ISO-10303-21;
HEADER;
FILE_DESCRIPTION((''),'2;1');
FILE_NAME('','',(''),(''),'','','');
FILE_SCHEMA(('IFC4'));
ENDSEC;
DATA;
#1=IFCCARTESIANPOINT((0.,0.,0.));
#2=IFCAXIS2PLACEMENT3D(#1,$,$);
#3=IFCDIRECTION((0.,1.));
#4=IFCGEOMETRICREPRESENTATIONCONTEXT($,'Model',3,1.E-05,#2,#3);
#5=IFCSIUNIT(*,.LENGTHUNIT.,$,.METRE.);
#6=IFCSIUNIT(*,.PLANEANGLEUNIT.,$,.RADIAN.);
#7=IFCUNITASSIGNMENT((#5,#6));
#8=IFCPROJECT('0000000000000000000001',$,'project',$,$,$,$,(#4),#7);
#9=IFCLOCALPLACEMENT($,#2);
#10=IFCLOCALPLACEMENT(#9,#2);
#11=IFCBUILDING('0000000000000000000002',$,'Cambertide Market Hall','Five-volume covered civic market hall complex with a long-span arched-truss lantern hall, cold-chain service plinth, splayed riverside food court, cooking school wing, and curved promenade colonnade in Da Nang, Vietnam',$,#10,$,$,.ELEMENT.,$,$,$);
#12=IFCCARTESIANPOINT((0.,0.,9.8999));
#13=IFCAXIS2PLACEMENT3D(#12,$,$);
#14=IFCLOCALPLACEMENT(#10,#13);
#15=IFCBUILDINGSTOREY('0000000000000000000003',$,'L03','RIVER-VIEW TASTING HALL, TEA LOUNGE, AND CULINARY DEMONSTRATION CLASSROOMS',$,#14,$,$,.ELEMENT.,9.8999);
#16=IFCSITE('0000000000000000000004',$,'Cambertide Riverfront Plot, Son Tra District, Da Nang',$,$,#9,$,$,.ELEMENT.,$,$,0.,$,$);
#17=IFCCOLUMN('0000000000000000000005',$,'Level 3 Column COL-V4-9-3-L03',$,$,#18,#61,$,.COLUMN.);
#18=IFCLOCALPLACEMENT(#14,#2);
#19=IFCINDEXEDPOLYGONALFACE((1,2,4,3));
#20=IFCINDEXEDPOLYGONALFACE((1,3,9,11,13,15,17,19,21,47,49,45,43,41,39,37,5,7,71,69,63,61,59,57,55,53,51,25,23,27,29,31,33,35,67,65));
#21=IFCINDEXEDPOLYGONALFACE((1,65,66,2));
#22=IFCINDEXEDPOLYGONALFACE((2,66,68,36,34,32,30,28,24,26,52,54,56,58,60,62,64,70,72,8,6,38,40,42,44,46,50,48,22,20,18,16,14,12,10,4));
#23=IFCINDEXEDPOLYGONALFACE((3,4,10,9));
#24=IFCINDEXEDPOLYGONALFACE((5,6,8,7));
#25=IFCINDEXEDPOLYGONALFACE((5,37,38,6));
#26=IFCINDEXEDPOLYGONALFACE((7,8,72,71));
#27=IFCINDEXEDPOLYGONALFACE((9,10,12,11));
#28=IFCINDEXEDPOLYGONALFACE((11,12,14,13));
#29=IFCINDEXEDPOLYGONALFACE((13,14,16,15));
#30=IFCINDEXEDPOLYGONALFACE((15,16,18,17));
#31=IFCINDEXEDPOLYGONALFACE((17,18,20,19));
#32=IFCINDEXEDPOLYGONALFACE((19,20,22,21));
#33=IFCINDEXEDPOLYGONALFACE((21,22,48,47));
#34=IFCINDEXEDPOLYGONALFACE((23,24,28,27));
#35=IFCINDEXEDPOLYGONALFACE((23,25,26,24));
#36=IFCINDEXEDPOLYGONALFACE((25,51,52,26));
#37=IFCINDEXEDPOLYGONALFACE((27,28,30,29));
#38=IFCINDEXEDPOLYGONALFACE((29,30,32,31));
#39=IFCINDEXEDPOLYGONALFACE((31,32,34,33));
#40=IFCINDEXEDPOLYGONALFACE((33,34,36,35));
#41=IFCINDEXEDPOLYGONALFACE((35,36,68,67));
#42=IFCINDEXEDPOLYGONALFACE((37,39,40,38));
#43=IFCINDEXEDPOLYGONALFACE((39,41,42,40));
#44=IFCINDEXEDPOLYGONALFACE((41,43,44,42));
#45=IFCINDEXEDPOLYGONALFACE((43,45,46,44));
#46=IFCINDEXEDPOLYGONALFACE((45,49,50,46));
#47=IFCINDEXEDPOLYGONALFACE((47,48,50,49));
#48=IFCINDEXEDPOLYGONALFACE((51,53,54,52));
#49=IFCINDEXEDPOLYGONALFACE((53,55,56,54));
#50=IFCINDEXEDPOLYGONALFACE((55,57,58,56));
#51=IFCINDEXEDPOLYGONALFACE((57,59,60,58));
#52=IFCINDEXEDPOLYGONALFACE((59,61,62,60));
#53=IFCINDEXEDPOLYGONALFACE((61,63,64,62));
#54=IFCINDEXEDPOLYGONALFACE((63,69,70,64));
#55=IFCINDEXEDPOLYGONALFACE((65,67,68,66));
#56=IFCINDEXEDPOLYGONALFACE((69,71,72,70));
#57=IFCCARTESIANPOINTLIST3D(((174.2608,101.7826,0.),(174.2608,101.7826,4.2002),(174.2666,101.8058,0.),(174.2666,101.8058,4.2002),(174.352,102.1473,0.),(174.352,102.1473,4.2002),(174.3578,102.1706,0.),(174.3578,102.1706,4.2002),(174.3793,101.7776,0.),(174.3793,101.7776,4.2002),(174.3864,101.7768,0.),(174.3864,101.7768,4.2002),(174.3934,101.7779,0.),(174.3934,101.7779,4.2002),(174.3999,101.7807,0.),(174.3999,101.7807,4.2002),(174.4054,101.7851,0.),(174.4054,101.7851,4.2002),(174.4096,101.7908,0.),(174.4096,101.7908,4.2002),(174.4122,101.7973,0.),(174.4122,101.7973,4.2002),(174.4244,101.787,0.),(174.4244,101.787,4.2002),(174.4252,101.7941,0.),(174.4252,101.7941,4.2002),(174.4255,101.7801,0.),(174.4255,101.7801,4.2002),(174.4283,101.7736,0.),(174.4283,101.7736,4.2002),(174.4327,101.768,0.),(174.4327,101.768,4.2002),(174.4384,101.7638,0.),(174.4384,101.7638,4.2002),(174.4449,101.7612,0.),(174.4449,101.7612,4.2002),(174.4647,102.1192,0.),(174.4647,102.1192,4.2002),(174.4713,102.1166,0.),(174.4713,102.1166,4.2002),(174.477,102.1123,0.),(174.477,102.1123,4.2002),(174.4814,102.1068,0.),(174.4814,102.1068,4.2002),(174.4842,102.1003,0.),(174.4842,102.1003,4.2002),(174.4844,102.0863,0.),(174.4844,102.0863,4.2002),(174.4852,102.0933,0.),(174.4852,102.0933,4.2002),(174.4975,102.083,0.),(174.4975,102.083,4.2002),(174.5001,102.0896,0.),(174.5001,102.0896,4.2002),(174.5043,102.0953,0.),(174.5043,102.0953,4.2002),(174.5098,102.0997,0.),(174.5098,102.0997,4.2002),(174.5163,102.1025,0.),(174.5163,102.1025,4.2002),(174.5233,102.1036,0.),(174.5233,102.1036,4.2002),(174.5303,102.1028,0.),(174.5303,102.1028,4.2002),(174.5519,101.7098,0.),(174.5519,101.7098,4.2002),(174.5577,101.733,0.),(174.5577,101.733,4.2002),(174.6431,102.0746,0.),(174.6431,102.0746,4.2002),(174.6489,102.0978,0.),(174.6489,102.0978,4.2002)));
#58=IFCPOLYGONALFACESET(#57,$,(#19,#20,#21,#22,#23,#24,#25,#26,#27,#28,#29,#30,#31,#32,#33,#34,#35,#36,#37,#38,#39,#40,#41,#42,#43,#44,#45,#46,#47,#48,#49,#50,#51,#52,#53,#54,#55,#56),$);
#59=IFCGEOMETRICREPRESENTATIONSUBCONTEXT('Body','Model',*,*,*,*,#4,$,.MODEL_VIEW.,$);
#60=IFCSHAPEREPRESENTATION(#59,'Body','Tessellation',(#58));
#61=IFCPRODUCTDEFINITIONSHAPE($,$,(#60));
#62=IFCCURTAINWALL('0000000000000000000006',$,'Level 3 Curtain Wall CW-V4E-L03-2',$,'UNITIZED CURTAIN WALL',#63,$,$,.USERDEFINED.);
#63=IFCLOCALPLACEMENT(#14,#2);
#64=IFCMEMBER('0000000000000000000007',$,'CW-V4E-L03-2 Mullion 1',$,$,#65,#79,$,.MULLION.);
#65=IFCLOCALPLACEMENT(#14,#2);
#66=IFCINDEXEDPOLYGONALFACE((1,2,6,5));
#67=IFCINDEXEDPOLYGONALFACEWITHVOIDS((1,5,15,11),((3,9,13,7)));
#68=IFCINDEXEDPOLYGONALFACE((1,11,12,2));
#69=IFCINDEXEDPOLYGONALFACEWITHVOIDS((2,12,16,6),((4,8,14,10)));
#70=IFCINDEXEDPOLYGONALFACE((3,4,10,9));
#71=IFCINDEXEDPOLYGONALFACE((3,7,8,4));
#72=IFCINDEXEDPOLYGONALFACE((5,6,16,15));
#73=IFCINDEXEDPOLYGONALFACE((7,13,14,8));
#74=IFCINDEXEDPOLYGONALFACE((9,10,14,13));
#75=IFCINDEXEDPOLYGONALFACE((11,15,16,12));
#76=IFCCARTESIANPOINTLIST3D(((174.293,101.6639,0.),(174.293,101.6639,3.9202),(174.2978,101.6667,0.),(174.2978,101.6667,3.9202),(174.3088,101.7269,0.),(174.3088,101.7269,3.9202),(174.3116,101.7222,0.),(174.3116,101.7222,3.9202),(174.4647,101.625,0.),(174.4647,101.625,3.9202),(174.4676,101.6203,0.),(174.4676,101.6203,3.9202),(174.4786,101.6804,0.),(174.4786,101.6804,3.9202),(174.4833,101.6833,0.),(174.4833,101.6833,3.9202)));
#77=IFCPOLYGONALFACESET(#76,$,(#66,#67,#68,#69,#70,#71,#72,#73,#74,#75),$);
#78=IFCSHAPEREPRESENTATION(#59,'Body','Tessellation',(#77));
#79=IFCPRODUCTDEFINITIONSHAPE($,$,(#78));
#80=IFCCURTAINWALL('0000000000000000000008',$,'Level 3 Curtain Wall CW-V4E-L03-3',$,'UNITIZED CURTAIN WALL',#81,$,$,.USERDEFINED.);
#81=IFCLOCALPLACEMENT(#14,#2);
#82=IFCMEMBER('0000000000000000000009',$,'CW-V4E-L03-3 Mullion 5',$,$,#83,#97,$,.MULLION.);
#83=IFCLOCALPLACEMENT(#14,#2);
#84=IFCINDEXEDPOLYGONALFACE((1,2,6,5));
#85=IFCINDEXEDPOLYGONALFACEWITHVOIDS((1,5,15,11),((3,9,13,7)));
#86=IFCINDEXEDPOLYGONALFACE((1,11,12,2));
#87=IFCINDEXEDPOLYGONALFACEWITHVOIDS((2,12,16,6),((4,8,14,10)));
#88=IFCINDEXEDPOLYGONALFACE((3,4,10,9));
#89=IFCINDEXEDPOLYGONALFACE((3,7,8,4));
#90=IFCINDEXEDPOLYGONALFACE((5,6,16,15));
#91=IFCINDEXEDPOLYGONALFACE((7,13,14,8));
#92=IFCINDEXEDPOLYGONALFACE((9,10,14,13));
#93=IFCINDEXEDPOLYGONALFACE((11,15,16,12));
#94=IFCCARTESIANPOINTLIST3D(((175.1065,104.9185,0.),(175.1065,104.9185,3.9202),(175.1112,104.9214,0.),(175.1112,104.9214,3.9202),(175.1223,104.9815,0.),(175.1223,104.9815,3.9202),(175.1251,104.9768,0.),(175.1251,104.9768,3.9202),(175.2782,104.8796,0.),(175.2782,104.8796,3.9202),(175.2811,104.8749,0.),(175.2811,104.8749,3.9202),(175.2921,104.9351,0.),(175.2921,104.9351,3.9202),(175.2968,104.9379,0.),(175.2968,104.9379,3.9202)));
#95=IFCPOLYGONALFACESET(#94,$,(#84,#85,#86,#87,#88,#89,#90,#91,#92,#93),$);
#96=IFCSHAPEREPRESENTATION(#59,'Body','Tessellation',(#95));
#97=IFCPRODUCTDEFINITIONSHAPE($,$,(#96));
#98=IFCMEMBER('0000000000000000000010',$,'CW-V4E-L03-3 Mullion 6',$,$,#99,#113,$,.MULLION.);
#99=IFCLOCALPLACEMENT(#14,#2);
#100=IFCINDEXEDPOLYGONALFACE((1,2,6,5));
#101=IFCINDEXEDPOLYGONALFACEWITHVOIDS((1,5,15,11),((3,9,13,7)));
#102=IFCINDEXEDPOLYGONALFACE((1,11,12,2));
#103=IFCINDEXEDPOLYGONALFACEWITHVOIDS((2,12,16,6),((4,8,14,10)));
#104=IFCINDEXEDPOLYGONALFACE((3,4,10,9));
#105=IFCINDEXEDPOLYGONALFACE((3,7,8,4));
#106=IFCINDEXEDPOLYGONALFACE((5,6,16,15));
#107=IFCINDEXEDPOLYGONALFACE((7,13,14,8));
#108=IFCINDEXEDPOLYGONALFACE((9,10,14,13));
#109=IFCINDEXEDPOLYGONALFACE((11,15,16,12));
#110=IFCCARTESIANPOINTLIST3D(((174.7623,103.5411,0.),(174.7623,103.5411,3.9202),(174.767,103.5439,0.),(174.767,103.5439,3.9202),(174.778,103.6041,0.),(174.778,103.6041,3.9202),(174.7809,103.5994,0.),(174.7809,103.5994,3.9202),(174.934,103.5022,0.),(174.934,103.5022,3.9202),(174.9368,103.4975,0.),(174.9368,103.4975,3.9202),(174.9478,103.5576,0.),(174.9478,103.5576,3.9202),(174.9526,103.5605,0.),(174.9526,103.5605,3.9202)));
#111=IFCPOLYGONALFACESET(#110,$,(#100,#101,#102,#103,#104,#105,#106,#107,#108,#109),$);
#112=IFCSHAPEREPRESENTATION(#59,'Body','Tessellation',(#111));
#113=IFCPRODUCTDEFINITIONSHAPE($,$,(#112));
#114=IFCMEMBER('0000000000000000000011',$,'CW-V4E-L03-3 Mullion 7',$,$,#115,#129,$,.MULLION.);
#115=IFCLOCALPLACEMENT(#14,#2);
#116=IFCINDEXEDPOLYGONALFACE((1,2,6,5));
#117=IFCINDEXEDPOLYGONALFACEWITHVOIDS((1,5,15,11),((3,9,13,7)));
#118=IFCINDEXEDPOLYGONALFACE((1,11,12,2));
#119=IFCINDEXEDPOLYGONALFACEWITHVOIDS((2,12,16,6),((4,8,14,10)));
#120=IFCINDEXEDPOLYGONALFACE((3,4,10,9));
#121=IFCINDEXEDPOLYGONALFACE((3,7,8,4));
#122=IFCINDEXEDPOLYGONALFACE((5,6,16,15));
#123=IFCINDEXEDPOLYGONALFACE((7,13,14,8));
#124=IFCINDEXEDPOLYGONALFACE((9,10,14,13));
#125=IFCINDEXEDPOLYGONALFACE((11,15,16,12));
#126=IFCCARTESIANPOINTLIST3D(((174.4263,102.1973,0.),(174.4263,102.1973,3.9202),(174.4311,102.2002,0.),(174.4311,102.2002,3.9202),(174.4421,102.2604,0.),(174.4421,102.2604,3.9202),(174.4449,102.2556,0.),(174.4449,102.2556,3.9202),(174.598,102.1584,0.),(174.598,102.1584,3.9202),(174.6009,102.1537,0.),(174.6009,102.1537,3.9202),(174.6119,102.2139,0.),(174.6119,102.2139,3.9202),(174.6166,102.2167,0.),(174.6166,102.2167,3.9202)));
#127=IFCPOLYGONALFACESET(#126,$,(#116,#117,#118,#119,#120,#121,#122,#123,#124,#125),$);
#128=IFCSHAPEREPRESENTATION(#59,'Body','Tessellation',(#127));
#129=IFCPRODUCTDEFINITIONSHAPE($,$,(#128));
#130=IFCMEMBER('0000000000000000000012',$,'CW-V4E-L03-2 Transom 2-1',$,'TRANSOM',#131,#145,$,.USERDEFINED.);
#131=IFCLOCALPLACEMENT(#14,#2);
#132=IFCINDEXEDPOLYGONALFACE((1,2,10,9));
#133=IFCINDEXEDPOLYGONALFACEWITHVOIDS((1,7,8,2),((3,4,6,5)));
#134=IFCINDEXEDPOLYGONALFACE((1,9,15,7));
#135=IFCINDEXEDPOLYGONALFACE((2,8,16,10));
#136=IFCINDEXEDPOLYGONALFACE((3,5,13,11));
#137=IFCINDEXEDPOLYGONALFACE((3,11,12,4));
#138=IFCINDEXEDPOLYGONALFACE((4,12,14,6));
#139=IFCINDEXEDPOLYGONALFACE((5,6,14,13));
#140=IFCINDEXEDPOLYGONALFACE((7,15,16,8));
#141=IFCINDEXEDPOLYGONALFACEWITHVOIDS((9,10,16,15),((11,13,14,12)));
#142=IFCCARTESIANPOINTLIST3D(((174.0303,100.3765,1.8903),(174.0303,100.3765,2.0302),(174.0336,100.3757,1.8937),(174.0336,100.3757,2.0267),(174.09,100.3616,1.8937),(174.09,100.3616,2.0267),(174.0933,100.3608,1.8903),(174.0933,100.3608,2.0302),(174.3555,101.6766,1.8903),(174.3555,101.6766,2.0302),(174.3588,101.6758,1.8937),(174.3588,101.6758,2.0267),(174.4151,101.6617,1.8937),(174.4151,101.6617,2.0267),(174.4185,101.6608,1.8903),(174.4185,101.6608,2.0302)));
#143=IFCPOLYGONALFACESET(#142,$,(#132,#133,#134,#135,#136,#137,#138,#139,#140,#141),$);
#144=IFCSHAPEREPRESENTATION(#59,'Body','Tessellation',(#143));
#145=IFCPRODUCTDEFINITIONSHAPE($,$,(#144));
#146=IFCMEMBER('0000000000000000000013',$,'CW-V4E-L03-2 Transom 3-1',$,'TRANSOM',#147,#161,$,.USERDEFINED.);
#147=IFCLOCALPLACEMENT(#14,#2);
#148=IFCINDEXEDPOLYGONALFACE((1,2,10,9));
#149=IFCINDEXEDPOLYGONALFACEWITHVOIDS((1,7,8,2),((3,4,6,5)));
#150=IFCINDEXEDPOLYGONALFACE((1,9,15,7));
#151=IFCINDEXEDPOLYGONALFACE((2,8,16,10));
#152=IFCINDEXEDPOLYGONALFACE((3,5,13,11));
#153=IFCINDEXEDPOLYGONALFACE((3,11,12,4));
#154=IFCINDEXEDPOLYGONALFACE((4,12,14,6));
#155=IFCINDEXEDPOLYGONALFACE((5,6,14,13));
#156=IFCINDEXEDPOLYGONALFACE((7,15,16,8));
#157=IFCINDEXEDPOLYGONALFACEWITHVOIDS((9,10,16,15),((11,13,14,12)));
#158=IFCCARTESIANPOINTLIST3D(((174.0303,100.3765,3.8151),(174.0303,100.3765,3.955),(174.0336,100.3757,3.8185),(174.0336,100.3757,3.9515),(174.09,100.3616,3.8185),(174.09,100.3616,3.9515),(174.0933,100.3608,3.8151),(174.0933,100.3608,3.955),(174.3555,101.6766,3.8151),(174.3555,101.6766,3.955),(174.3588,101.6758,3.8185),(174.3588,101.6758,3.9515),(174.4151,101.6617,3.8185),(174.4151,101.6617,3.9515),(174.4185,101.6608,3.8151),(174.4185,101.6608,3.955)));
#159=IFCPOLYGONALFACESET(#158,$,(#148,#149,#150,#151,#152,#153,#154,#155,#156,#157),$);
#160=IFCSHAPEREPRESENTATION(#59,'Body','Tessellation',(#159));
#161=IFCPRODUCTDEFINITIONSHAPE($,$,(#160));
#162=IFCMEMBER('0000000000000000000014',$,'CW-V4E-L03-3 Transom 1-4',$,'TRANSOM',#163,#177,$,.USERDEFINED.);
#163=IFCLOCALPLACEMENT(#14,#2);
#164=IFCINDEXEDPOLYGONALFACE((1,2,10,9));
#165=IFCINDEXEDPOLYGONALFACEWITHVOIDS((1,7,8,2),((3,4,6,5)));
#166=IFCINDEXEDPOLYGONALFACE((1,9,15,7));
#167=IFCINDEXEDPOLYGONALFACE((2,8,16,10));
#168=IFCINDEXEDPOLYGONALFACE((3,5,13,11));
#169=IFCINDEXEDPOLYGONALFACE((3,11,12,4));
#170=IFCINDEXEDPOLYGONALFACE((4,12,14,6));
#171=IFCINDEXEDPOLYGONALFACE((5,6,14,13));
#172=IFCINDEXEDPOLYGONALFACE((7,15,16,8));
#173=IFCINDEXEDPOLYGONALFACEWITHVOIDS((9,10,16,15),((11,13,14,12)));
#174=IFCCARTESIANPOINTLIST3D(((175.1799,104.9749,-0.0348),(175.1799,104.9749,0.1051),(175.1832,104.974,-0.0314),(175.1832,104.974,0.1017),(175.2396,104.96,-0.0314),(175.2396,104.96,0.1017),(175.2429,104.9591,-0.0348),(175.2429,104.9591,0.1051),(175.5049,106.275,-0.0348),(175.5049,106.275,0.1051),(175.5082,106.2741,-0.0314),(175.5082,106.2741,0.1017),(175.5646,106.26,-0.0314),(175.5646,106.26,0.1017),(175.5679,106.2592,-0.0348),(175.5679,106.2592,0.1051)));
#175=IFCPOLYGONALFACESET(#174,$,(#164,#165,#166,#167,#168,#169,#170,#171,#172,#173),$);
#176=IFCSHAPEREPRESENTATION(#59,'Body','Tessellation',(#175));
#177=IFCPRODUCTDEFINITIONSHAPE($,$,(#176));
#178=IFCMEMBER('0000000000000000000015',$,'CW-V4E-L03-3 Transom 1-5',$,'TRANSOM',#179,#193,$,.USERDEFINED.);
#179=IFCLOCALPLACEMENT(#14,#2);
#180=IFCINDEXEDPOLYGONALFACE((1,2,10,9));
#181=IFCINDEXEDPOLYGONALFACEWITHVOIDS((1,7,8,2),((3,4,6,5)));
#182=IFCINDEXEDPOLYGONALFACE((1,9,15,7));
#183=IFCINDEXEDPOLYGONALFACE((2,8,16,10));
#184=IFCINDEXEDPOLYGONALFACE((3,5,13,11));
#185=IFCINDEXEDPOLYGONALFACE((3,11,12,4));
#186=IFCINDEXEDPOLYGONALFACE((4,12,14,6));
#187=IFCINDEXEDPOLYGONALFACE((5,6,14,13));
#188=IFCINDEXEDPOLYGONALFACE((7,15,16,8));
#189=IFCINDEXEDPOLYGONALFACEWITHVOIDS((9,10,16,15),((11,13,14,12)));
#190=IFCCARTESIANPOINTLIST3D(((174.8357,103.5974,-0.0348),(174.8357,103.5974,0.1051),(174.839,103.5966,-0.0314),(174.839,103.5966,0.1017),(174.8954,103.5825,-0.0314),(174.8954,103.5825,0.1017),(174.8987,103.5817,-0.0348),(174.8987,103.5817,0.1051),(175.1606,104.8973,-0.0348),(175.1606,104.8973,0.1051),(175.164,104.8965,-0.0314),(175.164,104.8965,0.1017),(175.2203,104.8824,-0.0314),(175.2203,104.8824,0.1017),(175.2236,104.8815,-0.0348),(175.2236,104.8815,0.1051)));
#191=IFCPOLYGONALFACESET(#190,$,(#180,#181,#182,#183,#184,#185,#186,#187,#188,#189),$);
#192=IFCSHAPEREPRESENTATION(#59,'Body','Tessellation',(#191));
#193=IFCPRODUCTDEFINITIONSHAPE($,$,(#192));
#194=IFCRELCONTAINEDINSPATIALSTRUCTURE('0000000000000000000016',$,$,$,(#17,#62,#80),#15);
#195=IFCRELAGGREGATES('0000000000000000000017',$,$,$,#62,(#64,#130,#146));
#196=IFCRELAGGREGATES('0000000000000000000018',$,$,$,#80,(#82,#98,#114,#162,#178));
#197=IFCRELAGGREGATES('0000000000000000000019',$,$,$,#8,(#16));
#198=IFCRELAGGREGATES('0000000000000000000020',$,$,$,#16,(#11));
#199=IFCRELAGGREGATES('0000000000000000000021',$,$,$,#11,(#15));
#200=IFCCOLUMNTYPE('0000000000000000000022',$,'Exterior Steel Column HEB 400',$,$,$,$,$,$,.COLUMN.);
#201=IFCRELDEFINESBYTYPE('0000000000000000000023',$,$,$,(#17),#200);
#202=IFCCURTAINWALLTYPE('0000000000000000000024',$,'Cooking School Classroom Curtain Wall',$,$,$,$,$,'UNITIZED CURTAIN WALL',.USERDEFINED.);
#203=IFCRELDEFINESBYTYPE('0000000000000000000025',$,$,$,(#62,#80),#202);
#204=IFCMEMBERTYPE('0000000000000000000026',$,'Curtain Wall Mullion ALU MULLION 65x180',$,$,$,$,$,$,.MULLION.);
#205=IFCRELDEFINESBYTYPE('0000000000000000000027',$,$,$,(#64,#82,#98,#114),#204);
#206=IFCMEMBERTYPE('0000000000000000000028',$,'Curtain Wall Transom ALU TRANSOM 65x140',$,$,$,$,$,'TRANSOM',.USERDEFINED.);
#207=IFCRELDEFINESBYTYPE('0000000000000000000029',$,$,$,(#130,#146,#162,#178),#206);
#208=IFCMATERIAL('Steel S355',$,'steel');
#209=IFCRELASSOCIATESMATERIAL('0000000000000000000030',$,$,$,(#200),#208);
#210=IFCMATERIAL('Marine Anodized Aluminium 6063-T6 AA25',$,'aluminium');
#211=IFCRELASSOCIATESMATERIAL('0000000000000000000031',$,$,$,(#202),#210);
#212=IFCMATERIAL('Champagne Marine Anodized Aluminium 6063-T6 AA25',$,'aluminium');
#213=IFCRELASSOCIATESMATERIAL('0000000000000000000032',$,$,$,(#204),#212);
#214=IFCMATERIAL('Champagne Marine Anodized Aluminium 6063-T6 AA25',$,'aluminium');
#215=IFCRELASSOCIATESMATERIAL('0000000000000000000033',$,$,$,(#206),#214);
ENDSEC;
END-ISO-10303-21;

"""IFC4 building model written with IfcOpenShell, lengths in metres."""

from ifc_helpers import new_model, si_unit, direction, frame, origin, origin_2d, place, context, subcontext, project, spatial, hollow_rectangle, i_section, extrude, material, material_profile, profile_set, type_object, element, aggregate, save


model = new_model("IFC4")

# Units and contexts
model_context = context("Model", 3, precision=1e-05, world=origin(), true_north=direction((0.0, 1.0)))
body_context = subcontext(model_context, "Body", "Model", "MODEL_VIEW")
ifc_project = project(units=[si_unit("LENGTHUNIT", "METRE"), si_unit("PLANEANGLEUNIT", "RADIAN")], contexts=[model_context])

# Site, building, storey
site_placement = place(None, origin())
site = spatial("IfcSite", under=ifc_project, at=site_placement, Name="Cambertide Riverfront Plot, Son Tra District, Da Nang", CompositionType="ELEMENT", RefElevation=0.0)
building_placement = place(site_placement, origin())
building = spatial("IfcBuilding", under=site, at=building_placement, Name="Cambertide Market Hall", Description="Five-volume covered civic market hall complex with a long-span arched-truss lantern hall, cold-chain service plinth, splayed riverside food court, cooking school wing, and curved promenade colonnade in Da Nang, Vietnam", CompositionType="ELEMENT")
storey_placement = place(building_placement, frame((0.0, 0.0, 9.8999)))
storey = spatial("IfcBuildingStorey", under=building, at=storey_placement, Name="L03", Description="RIVER-VIEW TASTING HALL, TEA LOUNGE, AND CULINARY DEMONSTRATION CLASSROOMS", CompositionType="ELEMENT", Elevation=9.8999)

# Column
ifc_material_1 = material(Name="Steel S355", Category="steel")
ifc_material_profile_1 = material_profile(ifc_material_1, i_section(OverallWidth=0.3, OverallDepth=0.3999, WebThickness=0.0134, FlangeThickness=0.0239, FilletRadius=0.0271, at=origin_2d()), Name="HEB 400")
ifc_profile_set_1 = profile_set([ifc_material_profile_1], Name="Steel S355")
column_type = type_object("IfcColumnType", Name="Exterior Steel Column HEB 400", PredefinedType="COLUMN", material=ifc_profile_set_1)
column_placement = place(storey_placement, frame((174.4548, 101.9402, 0.0), z_axis=(0.0, 0.0, 1.0), x_axis=(0.970143, -0.242536, 0.0)))
element("IfcColumn", 1, at=column_placement, inside=storey, type_object=column_type, Name="Level 3 Column COL-V4-9-3-L03", PredefinedType="COLUMN", context=body_context, shape_type="SweptSolid", body=[
    extrude(i_section(OverallWidth=0.3, OverallDepth=0.3999, WebThickness=0.0134, FlangeThickness=0.0239, FilletRadius=0.0271, at=origin_2d()), origin(), (0.0, 0.0, 1.0), 4.2002),
])

# Curtain wall, member
ifc_material_2 = material(Name="Marine Anodized Aluminium 6063-T6 AA25", Category="aluminium")
curtain_wall_type = type_object("IfcCurtainWallType", Name="Cooking School Classroom Curtain Wall", ElementType="UNITIZED CURTAIN WALL", PredefinedType="USERDEFINED", material=ifc_material_2)
curtain_wall_1_placement = place(storey_placement, origin())
curtain_wall_1 = element("IfcCurtainWall", 2, at=curtain_wall_1_placement, inside=storey, type_object=curtain_wall_type, Name="Level 3 Curtain Wall CW-V4E-L03-2", ObjectType="UNITIZED CURTAIN WALL", PredefinedType="USERDEFINED")
ifc_material_3 = material(Name="Champagne Marine Anodized Aluminium 6063-T6 AA25", Category="aluminium")
ifc_material_profile_2 = material_profile(ifc_material_3, hollow_rectangle(XDim=0.0649, YDim=0.1799, WallThickness=0.0039, at=origin_2d()), Name="ALU MULLION 65x180")
ifc_profile_set_2 = profile_set([ifc_material_profile_2], Name="Champagne Marine Anodized Aluminium 6063-T6 AA25")
member_type_1 = type_object("IfcMemberType", Name="Curtain Wall Mullion ALU MULLION 65x180", PredefinedType="MULLION", material=ifc_profile_set_2)
member_1_placement = place(storey_placement, frame((174.3882, 101.6736, 0.0), z_axis=(0.0, 0.0, 1.0), x_axis=(-0.242536, -0.970142, 0.0)))
member_1 = element("IfcMember", 3, at=member_1_placement, type_object=member_type_1, Name="CW-V4E-L03-2 Mullion 1", PredefinedType="MULLION", context=body_context, shape_type="SweptSolid", body=[
    extrude(hollow_rectangle(XDim=0.0649, YDim=0.1799, WallThickness=0.0039, at=origin_2d()), origin(), (0.0, 0.0, 1.0), 3.9202),
])

# Curtain wall, members
curtain_wall_2_placement = place(storey_placement, origin())
curtain_wall_2 = element("IfcCurtainWall", 4, at=curtain_wall_2_placement, inside=storey, type_object=curtain_wall_type, Name="Level 3 Curtain Wall CW-V4E-L03-3", ObjectType="UNITIZED CURTAIN WALL", PredefinedType="USERDEFINED")
member_2_placement = place(storey_placement, frame((175.2017, 104.9282, 0.0), z_axis=(0.0, 0.0, 1.0), x_axis=(-0.242536, -0.970143, 0.0)))
member_2 = element("IfcMember", 5, at=member_2_placement, type_object=member_type_1, Name="CW-V4E-L03-3 Mullion 5", PredefinedType="MULLION", context=body_context, shape_type="SweptSolid", body=[
    extrude(hollow_rectangle(XDim=0.0649, YDim=0.1799, WallThickness=0.0039, at=origin_2d()), origin(), (0.0, 0.0, 1.0), 3.9202),
])
member_3_placement = place(storey_placement, frame((174.8574, 103.5508, 0.0), z_axis=(0.0, 0.0, 1.0), x_axis=(-0.242536, -0.970143, 0.0)))
member_3 = element("IfcMember", 6, at=member_3_placement, type_object=member_type_1, Name="CW-V4E-L03-3 Mullion 6", PredefinedType="MULLION", context=body_context, shape_type="SweptSolid", body=[
    extrude(hollow_rectangle(XDim=0.0649, YDim=0.1799, WallThickness=0.0039, at=origin_2d()), origin(), (0.0, 0.0, 1.0), 3.9202),
])
member_4_placement = place(storey_placement, frame((174.5215, 102.207, 0.0), z_axis=(0.0, 0.0, 1.0), x_axis=(-0.242536, -0.970143, 0.0)))
member_4 = element("IfcMember", 7, at=member_4_placement, type_object=member_type_1, Name="CW-V4E-L03-3 Mullion 7", PredefinedType="MULLION", context=body_context, shape_type="SweptSolid", body=[
    extrude(hollow_rectangle(XDim=0.0649, YDim=0.1799, WallThickness=0.0039, at=origin_2d()), origin(), (0.0, 0.0, 1.0), 3.9202),
])

# Members
ifc_material_4 = material(Name="Champagne Marine Anodized Aluminium 6063-T6 AA25", Category="aluminium")
ifc_material_profile_3 = material_profile(ifc_material_4, hollow_rectangle(XDim=0.0649, YDim=0.1399, WallThickness=0.0034, at=origin_2d()), Name="ALU TRANSOM 65x140")
ifc_profile_set_3 = profile_set([ifc_material_profile_3], Name="Champagne Marine Anodized Aluminium 6063-T6 AA25")
member_type_2 = type_object("IfcMemberType", Name="Curtain Wall Transom ALU TRANSOM 65x140", ElementType="TRANSOM", PredefinedType="USERDEFINED", material=ifc_profile_set_3)
member_5_placement = place(storey_placement, frame((174.387, 101.6687, 1.9602), z_axis=(-0.242664, -0.97011, 0.0), x_axis=(0.97011, -0.242664, 0.0)))
member_5 = element("IfcMember", 8, at=member_5_placement, type_object=member_type_2, Name="CW-V4E-L03-2 Transom 2-1", ObjectType="TRANSOM", PredefinedType="USERDEFINED", context=body_context, shape_type="SweptSolid", body=[
    extrude(hollow_rectangle(XDim=0.0649, YDim=0.1399, WallThickness=0.0034, at=origin_2d()), origin(), (0.0, 0.0, 1.0), 1.3401),
])
member_6_placement = place(storey_placement, frame((174.387, 101.6687, 3.885), z_axis=(-0.242664, -0.97011, 0.0), x_axis=(0.97011, -0.242664, 0.0)))
member_6 = element("IfcMember", 9, at=member_6_placement, type_object=member_type_2, Name="CW-V4E-L03-2 Transom 3-1", ObjectType="TRANSOM", PredefinedType="USERDEFINED", context=body_context, shape_type="SweptSolid", body=[
    extrude(hollow_rectangle(XDim=0.0649, YDim=0.1399, WallThickness=0.0034, at=origin_2d()), origin(), (0.0, 0.0, 1.0), 1.3401),
])
aggregate(curtain_wall_1, [member_1, member_5, member_6])
member_7_placement = place(storey_placement, frame((175.5364, 106.2671, 0.0352), z_axis=(-0.242493, -0.970153, 0.0), x_axis=(0.970153, -0.242493, 0.0)))
member_7 = element("IfcMember", 10, at=member_7_placement, type_object=member_type_2, Name="CW-V4E-L03-3 Transom 1-4", ObjectType="TRANSOM", PredefinedType="USERDEFINED", context=body_context, shape_type="SweptSolid", body=[
    extrude(hollow_rectangle(XDim=0.0649, YDim=0.1399, WallThickness=0.0034, at=origin_2d()), origin(), (0.0, 0.0, 1.0), 1.3401),
])
member_8_placement = place(storey_placement, frame((175.1921, 104.8894, 0.0352), z_axis=(-0.242536, -0.970143, 0.0), x_axis=(0.970143, -0.242536, 0.0)))
member_8 = element("IfcMember", 11, at=member_8_placement, type_object=member_type_2, Name="CW-V4E-L03-3 Transom 1-5", ObjectType="TRANSOM", PredefinedType="USERDEFINED", context=body_context, shape_type="SweptSolid", body=[
    extrude(hollow_rectangle(XDim=0.0649, YDim=0.1399, WallThickness=0.0034, at=origin_2d()), origin(), (0.0, 0.0, 1.0), 1.3398),
])

aggregate(curtain_wall_2, [member_2, member_3, member_4, member_7, member_8])

save(model, "model.ifc")
